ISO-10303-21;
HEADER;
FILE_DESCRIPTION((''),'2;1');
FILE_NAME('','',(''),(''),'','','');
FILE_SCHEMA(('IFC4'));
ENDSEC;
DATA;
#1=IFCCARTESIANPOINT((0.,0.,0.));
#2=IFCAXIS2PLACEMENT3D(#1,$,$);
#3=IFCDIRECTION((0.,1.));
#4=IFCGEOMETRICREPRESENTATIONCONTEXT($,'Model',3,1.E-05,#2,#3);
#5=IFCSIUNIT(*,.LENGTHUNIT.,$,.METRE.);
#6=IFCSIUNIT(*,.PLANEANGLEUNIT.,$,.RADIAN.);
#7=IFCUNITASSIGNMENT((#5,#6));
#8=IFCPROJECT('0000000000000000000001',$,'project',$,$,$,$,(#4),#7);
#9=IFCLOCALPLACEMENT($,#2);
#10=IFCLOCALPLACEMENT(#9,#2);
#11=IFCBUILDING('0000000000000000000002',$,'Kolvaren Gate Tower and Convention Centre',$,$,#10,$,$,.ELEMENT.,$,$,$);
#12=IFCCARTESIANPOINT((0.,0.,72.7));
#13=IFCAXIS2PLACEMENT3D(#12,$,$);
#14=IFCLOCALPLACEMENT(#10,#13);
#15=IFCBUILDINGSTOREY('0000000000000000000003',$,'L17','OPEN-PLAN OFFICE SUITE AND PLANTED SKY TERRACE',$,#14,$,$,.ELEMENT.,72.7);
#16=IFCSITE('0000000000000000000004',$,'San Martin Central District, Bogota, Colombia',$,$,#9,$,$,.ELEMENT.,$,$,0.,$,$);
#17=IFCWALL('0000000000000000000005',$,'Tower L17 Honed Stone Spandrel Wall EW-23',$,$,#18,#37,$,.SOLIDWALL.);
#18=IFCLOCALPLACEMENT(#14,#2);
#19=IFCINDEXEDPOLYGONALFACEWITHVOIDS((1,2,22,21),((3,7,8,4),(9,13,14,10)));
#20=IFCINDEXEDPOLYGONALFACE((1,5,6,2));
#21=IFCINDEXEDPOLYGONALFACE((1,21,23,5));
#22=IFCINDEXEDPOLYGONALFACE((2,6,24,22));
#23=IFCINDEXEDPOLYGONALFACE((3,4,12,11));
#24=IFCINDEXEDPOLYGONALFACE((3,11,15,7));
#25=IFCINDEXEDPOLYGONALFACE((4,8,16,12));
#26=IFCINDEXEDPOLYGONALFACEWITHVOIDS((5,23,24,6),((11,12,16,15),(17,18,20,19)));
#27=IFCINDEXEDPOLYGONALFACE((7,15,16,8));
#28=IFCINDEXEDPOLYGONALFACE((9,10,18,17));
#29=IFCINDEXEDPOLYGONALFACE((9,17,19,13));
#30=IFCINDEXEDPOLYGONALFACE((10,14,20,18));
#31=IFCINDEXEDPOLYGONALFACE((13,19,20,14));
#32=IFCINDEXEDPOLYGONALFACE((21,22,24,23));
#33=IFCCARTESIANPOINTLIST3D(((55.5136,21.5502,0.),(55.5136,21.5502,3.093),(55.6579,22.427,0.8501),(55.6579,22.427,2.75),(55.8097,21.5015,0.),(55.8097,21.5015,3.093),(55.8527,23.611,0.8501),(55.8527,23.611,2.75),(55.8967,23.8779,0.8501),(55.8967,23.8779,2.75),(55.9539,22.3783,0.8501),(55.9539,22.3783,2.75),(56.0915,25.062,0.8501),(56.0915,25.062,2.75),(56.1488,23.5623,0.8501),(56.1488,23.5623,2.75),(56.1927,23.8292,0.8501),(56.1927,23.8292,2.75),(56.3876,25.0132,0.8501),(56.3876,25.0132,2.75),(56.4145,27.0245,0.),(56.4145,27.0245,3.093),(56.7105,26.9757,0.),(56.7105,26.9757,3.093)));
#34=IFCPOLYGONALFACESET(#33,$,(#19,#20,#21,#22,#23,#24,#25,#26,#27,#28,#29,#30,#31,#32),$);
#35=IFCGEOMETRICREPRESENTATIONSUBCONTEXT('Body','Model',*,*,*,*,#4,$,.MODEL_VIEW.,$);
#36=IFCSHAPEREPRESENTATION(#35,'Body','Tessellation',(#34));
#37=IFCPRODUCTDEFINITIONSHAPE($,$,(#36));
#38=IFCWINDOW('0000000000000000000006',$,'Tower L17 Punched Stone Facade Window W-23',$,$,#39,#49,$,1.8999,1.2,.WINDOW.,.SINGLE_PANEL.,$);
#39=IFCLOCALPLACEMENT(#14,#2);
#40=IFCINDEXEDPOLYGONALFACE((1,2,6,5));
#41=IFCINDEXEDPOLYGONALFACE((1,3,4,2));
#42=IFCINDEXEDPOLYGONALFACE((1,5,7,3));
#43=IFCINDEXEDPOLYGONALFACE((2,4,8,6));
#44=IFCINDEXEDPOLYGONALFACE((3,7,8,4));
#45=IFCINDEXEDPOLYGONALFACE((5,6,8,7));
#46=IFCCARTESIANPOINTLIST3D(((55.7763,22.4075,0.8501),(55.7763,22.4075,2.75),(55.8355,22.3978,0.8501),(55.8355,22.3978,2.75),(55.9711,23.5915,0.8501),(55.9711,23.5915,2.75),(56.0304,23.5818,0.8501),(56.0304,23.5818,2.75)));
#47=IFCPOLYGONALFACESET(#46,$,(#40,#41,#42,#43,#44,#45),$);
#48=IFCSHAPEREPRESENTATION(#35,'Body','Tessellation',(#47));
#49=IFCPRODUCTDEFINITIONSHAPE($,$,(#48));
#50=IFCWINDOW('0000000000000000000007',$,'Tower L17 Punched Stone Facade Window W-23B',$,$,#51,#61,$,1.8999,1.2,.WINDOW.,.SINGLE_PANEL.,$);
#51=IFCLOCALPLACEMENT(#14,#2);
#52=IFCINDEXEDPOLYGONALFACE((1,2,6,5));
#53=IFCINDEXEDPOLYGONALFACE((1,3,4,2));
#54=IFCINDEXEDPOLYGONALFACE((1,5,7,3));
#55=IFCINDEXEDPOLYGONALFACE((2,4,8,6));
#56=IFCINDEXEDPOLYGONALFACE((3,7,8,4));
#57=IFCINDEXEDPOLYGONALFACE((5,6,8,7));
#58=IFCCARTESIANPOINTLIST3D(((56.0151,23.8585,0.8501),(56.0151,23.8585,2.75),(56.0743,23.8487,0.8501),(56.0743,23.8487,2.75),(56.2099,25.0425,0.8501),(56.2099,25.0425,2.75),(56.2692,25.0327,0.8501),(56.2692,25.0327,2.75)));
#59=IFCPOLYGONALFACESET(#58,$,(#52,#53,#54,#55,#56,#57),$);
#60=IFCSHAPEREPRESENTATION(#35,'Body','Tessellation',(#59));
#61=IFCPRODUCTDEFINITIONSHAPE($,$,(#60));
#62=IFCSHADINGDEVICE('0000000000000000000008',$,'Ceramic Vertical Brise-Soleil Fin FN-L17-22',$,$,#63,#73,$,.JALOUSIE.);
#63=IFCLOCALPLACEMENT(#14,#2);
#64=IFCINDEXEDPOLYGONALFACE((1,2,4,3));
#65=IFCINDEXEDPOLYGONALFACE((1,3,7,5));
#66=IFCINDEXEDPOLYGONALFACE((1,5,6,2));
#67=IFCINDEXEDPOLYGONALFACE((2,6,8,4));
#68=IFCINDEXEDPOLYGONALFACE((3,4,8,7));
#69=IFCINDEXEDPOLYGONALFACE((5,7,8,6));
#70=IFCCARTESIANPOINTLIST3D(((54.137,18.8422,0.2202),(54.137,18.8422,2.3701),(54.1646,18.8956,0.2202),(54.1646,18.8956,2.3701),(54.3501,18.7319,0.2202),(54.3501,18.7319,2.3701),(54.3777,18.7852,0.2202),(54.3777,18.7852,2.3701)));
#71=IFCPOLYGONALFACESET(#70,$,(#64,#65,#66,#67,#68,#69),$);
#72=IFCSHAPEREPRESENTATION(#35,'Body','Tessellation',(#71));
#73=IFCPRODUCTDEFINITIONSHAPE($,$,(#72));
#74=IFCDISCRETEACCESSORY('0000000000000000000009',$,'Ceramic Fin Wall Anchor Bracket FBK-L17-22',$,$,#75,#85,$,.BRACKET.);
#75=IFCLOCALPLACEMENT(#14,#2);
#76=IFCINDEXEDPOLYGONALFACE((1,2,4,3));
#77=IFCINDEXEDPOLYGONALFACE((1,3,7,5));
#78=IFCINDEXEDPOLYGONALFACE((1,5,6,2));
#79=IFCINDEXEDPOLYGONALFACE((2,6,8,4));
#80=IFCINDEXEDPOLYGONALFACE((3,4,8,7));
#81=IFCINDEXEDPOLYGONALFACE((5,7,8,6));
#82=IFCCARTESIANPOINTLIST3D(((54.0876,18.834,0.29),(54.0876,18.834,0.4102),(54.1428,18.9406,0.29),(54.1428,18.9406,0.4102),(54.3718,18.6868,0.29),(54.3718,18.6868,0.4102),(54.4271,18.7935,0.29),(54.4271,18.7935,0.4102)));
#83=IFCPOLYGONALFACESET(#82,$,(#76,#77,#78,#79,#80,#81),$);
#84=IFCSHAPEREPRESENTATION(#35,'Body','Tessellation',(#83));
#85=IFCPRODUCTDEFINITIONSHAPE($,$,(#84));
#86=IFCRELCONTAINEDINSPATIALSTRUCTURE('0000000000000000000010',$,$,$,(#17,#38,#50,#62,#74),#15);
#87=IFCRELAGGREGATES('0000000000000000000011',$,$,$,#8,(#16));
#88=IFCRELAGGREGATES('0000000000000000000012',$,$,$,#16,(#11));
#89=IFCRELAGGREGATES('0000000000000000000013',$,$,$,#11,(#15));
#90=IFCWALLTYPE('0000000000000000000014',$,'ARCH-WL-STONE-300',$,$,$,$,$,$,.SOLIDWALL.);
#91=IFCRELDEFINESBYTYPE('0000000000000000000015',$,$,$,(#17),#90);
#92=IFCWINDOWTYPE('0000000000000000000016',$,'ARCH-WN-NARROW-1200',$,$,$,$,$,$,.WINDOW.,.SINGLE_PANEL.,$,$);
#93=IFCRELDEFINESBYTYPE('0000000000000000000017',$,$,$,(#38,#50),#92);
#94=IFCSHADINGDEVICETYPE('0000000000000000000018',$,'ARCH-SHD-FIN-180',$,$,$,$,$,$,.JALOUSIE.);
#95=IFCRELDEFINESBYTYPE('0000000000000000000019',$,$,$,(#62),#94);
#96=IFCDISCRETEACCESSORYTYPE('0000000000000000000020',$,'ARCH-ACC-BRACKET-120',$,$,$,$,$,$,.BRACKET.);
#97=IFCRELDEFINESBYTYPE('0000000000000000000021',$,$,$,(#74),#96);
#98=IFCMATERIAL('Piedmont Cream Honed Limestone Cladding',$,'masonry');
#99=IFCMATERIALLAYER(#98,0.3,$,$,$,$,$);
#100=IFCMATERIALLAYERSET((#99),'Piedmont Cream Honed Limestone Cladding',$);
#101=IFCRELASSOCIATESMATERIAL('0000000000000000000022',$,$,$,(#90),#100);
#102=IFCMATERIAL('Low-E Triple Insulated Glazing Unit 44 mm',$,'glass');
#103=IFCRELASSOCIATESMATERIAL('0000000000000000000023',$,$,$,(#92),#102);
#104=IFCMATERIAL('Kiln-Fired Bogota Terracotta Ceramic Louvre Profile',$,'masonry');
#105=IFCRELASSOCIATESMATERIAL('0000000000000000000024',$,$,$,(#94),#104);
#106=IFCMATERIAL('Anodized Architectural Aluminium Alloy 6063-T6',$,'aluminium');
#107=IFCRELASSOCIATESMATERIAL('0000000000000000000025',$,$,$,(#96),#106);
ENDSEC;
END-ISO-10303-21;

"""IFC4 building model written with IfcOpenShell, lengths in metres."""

from ifc_helpers import new_model, si_unit, direction, frame, frame_2d, origin, origin_2d, place, context, subcontext, project, spatial, rectangle, extrude, material, layer, layer_set, type_object, element, fill, save


model = new_model("IFC4")

# Units and contexts
model_context = context("Model", 3, precision=1e-05, world=origin(), true_north=direction((0.0, 1.0)))
body_context = subcontext(model_context, "Body", "Model", "MODEL_VIEW")
ifc_project = project(units=[si_unit("LENGTHUNIT", "METRE"), si_unit("PLANEANGLEUNIT", "RADIAN")], contexts=[model_context])

# Site, building, storey
site_placement = place(None, origin())
site = spatial("IfcSite", under=ifc_project, at=site_placement, Name="San Martin Central District, Bogota, Colombia", CompositionType="ELEMENT", RefElevation=0.0)
building_placement = place(site_placement, origin())
building = spatial("IfcBuilding", under=site, at=building_placement, Name="Kolvaren Gate Tower and Convention Centre", CompositionType="ELEMENT")
storey_placement = place(building_placement, frame((0.0, 0.0, 72.7)))
storey = spatial("IfcBuildingStorey", under=building, at=storey_placement, Name="L17", Description="OPEN-PLAN OFFICE SUITE AND PLANTED SKY TERRACE", CompositionType="ELEMENT", Elevation=72.7)

# Shared definitions
ifc_material_1 = material(Name="Piedmont Cream Honed Limestone Cladding", Category="masonry")

# Shared definitions
ifc_layer_1 = layer(ifc_material_1, 0.3)
ifc_layer_set_1 = layer_set([ifc_layer_1], Name="Piedmont Cream Honed Limestone Cladding")
wall_type_1 = type_object("IfcWallType", Name="ARCH-WL-STONE-300", PredefinedType="SOLIDWALL", material=ifc_layer_set_1)
ifc_material_2 = material(Name="Low-E Triple Insulated Glazing Unit 44 mm", Category="glass")

# Wall, openings, windows
wall_1_placement = place(storey_placement, frame((55.6616, 21.5259, 0.0), z_axis=(0.0, 0.0, 1.0), x_axis=(0.162386, 0.986727, 0.0)))
wall_1 = element("IfcWall", 1, at=wall_1_placement, inside=storey, type_object=wall_type_1, Name="Tower L17 Honed Stone Spandrel Wall EW-23", PredefinedType="SOLIDWALL", context=body_context, shape_type="SweptSolid", body=[
    extrude(rectangle(XDim=5.5479, YDim=0.3, at=frame_2d((2.7739, 0.0))), origin(), (0.0, 0.0, 1.0), 3.093),
])
opening_1_placement = place(wall_1_placement, frame((0.8884, 0.0, 0.8501)))
opening_1 = element("IfcOpeningElement", 2, at=opening_1_placement, cuts=wall_1, PredefinedType="OPENING", context=body_context, shape_type="SweptSolid", body=[
    extrude(rectangle(XDim=1.2, YDim=1.8999, at=frame_2d((0.6001, 0.95))), frame((0.0, 0.1599, 0.0), z_axis=(0.0, -1.0, 0.0), x_axis=(1.0, 0.0, 0.0)), (0.0, 0.0, 1.0), 0.3201),
])
opening_2_placement = place(wall_1_placement, frame((2.3589, 0.0, 0.8501)))
opening_2 = element("IfcOpeningElement", 3, at=opening_2_placement, cuts=wall_1, PredefinedType="OPENING", context=body_context, shape_type="SweptSolid", body=[
    extrude(rectangle(XDim=1.2, YDim=1.8999, at=frame_2d((0.6001, 0.95))), frame((0.0, 0.1599, 0.0), z_axis=(0.0, -1.0, 0.0), x_axis=(1.0, 0.0, 0.0)), (0.0, 0.0, 1.0), 0.3201),
])
window_type_1 = type_object("IfcWindowType", Name="ARCH-WN-NARROW-1200", PartitioningType="SINGLE_PANEL", PredefinedType="WINDOW", material=ifc_material_2)
window_1_placement = place(opening_1_placement, origin())
window_1 = element("IfcWindow", 4, at=window_1_placement, inside=storey, type_object=window_type_1, Name="Tower L17 Punched Stone Facade Window W-23", OverallHeight=1.8999, OverallWidth=1.2, PartitioningType="SINGLE_PANEL", PredefinedType="WINDOW", context=body_context, shape_type="SweptSolid", body=[
    extrude(rectangle(XDim=1.2, YDim=1.8999, at=frame_2d((0.6001, 0.95))), frame((0.0, 0.03, 0.0), z_axis=(0.0, -1.0, 0.0), x_axis=(1.0, 0.0, 0.0)), (0.0, 0.0, 1.0), 0.0601),
])
fill(opening_1, window_1)
window_2_placement = place(opening_2_placement, origin())
window_2 = element("IfcWindow", 5, at=window_2_placement, inside=storey, type_object=window_type_1, Name="Tower L17 Punched Stone Facade Window W-23B", OverallHeight=1.8999, OverallWidth=1.2, PartitioningType="SINGLE_PANEL", PredefinedType="WINDOW", context=body_context, shape_type="SweptSolid", body=[
    extrude(rectangle(XDim=1.2, YDim=1.8999, at=frame_2d((0.6001, 0.95))), frame((0.0, 0.03, 0.0), z_axis=(0.0, -1.0, 0.0), x_axis=(1.0, 0.0, 0.0)), (0.0, 0.0, 1.0), 0.0601),
])
fill(opening_2, window_2)

# Shading device
ifc_material_3 = material(Name="Kiln-Fired Bogota Terracotta Ceramic Louvre Profile", Category="masonry")
shading_device_type = type_object("IfcShadingDeviceType", Name="ARCH-SHD-FIN-180", PredefinedType="JALOUSIE", material=ifc_material_3)
shading_device_placement = place(storey_placement, frame((54.2573, 18.8137, 0.2202), z_axis=(0.0, 0.0, 1.0), x_axis=(0.459802, 0.888022, 0.0)))
element("IfcShadingDevice", 6, at=shading_device_placement, inside=storey, type_object=shading_device_type, Name="Ceramic Vertical Brise-Soleil Fin FN-L17-22", PredefinedType="JALOUSIE", context=body_context, shape_type="SweptSolid", body=[
    extrude(rectangle(XDim=0.0601, YDim=0.24, at=origin_2d()), origin(), (0.0, 0.0, 1.0), 2.1499),
])

# Discrete accessory
ifc_material_4 = material(Name="Anodized Architectural Aluminium Alloy 6063-T6", Category="aluminium")
discrete_accessory_type = type_object("IfcDiscreteAccessoryType", Name="ARCH-ACC-BRACKET-120", PredefinedType="BRACKET", material=ifc_material_4)
discrete_accessory_placement = place(storey_placement, frame((54.2573, 18.8137, 0.29), z_axis=(0.0, 0.0, 1.0), x_axis=(0.459802, 0.888022, 0.0)))
element("IfcDiscreteAccessory", 7, at=discrete_accessory_placement, inside=storey, type_object=discrete_accessory_type, Name="Ceramic Fin Wall Anchor Bracket FBK-L17-22", PredefinedType="BRACKET", context=body_context, shape_type="SweptSolid", body=[
    extrude(rectangle(XDim=0.1201, YDim=0.3201, at=origin_2d()), origin(), (0.0, 0.0, 1.0), 0.1201),
])

save(model, "model.ifc")
